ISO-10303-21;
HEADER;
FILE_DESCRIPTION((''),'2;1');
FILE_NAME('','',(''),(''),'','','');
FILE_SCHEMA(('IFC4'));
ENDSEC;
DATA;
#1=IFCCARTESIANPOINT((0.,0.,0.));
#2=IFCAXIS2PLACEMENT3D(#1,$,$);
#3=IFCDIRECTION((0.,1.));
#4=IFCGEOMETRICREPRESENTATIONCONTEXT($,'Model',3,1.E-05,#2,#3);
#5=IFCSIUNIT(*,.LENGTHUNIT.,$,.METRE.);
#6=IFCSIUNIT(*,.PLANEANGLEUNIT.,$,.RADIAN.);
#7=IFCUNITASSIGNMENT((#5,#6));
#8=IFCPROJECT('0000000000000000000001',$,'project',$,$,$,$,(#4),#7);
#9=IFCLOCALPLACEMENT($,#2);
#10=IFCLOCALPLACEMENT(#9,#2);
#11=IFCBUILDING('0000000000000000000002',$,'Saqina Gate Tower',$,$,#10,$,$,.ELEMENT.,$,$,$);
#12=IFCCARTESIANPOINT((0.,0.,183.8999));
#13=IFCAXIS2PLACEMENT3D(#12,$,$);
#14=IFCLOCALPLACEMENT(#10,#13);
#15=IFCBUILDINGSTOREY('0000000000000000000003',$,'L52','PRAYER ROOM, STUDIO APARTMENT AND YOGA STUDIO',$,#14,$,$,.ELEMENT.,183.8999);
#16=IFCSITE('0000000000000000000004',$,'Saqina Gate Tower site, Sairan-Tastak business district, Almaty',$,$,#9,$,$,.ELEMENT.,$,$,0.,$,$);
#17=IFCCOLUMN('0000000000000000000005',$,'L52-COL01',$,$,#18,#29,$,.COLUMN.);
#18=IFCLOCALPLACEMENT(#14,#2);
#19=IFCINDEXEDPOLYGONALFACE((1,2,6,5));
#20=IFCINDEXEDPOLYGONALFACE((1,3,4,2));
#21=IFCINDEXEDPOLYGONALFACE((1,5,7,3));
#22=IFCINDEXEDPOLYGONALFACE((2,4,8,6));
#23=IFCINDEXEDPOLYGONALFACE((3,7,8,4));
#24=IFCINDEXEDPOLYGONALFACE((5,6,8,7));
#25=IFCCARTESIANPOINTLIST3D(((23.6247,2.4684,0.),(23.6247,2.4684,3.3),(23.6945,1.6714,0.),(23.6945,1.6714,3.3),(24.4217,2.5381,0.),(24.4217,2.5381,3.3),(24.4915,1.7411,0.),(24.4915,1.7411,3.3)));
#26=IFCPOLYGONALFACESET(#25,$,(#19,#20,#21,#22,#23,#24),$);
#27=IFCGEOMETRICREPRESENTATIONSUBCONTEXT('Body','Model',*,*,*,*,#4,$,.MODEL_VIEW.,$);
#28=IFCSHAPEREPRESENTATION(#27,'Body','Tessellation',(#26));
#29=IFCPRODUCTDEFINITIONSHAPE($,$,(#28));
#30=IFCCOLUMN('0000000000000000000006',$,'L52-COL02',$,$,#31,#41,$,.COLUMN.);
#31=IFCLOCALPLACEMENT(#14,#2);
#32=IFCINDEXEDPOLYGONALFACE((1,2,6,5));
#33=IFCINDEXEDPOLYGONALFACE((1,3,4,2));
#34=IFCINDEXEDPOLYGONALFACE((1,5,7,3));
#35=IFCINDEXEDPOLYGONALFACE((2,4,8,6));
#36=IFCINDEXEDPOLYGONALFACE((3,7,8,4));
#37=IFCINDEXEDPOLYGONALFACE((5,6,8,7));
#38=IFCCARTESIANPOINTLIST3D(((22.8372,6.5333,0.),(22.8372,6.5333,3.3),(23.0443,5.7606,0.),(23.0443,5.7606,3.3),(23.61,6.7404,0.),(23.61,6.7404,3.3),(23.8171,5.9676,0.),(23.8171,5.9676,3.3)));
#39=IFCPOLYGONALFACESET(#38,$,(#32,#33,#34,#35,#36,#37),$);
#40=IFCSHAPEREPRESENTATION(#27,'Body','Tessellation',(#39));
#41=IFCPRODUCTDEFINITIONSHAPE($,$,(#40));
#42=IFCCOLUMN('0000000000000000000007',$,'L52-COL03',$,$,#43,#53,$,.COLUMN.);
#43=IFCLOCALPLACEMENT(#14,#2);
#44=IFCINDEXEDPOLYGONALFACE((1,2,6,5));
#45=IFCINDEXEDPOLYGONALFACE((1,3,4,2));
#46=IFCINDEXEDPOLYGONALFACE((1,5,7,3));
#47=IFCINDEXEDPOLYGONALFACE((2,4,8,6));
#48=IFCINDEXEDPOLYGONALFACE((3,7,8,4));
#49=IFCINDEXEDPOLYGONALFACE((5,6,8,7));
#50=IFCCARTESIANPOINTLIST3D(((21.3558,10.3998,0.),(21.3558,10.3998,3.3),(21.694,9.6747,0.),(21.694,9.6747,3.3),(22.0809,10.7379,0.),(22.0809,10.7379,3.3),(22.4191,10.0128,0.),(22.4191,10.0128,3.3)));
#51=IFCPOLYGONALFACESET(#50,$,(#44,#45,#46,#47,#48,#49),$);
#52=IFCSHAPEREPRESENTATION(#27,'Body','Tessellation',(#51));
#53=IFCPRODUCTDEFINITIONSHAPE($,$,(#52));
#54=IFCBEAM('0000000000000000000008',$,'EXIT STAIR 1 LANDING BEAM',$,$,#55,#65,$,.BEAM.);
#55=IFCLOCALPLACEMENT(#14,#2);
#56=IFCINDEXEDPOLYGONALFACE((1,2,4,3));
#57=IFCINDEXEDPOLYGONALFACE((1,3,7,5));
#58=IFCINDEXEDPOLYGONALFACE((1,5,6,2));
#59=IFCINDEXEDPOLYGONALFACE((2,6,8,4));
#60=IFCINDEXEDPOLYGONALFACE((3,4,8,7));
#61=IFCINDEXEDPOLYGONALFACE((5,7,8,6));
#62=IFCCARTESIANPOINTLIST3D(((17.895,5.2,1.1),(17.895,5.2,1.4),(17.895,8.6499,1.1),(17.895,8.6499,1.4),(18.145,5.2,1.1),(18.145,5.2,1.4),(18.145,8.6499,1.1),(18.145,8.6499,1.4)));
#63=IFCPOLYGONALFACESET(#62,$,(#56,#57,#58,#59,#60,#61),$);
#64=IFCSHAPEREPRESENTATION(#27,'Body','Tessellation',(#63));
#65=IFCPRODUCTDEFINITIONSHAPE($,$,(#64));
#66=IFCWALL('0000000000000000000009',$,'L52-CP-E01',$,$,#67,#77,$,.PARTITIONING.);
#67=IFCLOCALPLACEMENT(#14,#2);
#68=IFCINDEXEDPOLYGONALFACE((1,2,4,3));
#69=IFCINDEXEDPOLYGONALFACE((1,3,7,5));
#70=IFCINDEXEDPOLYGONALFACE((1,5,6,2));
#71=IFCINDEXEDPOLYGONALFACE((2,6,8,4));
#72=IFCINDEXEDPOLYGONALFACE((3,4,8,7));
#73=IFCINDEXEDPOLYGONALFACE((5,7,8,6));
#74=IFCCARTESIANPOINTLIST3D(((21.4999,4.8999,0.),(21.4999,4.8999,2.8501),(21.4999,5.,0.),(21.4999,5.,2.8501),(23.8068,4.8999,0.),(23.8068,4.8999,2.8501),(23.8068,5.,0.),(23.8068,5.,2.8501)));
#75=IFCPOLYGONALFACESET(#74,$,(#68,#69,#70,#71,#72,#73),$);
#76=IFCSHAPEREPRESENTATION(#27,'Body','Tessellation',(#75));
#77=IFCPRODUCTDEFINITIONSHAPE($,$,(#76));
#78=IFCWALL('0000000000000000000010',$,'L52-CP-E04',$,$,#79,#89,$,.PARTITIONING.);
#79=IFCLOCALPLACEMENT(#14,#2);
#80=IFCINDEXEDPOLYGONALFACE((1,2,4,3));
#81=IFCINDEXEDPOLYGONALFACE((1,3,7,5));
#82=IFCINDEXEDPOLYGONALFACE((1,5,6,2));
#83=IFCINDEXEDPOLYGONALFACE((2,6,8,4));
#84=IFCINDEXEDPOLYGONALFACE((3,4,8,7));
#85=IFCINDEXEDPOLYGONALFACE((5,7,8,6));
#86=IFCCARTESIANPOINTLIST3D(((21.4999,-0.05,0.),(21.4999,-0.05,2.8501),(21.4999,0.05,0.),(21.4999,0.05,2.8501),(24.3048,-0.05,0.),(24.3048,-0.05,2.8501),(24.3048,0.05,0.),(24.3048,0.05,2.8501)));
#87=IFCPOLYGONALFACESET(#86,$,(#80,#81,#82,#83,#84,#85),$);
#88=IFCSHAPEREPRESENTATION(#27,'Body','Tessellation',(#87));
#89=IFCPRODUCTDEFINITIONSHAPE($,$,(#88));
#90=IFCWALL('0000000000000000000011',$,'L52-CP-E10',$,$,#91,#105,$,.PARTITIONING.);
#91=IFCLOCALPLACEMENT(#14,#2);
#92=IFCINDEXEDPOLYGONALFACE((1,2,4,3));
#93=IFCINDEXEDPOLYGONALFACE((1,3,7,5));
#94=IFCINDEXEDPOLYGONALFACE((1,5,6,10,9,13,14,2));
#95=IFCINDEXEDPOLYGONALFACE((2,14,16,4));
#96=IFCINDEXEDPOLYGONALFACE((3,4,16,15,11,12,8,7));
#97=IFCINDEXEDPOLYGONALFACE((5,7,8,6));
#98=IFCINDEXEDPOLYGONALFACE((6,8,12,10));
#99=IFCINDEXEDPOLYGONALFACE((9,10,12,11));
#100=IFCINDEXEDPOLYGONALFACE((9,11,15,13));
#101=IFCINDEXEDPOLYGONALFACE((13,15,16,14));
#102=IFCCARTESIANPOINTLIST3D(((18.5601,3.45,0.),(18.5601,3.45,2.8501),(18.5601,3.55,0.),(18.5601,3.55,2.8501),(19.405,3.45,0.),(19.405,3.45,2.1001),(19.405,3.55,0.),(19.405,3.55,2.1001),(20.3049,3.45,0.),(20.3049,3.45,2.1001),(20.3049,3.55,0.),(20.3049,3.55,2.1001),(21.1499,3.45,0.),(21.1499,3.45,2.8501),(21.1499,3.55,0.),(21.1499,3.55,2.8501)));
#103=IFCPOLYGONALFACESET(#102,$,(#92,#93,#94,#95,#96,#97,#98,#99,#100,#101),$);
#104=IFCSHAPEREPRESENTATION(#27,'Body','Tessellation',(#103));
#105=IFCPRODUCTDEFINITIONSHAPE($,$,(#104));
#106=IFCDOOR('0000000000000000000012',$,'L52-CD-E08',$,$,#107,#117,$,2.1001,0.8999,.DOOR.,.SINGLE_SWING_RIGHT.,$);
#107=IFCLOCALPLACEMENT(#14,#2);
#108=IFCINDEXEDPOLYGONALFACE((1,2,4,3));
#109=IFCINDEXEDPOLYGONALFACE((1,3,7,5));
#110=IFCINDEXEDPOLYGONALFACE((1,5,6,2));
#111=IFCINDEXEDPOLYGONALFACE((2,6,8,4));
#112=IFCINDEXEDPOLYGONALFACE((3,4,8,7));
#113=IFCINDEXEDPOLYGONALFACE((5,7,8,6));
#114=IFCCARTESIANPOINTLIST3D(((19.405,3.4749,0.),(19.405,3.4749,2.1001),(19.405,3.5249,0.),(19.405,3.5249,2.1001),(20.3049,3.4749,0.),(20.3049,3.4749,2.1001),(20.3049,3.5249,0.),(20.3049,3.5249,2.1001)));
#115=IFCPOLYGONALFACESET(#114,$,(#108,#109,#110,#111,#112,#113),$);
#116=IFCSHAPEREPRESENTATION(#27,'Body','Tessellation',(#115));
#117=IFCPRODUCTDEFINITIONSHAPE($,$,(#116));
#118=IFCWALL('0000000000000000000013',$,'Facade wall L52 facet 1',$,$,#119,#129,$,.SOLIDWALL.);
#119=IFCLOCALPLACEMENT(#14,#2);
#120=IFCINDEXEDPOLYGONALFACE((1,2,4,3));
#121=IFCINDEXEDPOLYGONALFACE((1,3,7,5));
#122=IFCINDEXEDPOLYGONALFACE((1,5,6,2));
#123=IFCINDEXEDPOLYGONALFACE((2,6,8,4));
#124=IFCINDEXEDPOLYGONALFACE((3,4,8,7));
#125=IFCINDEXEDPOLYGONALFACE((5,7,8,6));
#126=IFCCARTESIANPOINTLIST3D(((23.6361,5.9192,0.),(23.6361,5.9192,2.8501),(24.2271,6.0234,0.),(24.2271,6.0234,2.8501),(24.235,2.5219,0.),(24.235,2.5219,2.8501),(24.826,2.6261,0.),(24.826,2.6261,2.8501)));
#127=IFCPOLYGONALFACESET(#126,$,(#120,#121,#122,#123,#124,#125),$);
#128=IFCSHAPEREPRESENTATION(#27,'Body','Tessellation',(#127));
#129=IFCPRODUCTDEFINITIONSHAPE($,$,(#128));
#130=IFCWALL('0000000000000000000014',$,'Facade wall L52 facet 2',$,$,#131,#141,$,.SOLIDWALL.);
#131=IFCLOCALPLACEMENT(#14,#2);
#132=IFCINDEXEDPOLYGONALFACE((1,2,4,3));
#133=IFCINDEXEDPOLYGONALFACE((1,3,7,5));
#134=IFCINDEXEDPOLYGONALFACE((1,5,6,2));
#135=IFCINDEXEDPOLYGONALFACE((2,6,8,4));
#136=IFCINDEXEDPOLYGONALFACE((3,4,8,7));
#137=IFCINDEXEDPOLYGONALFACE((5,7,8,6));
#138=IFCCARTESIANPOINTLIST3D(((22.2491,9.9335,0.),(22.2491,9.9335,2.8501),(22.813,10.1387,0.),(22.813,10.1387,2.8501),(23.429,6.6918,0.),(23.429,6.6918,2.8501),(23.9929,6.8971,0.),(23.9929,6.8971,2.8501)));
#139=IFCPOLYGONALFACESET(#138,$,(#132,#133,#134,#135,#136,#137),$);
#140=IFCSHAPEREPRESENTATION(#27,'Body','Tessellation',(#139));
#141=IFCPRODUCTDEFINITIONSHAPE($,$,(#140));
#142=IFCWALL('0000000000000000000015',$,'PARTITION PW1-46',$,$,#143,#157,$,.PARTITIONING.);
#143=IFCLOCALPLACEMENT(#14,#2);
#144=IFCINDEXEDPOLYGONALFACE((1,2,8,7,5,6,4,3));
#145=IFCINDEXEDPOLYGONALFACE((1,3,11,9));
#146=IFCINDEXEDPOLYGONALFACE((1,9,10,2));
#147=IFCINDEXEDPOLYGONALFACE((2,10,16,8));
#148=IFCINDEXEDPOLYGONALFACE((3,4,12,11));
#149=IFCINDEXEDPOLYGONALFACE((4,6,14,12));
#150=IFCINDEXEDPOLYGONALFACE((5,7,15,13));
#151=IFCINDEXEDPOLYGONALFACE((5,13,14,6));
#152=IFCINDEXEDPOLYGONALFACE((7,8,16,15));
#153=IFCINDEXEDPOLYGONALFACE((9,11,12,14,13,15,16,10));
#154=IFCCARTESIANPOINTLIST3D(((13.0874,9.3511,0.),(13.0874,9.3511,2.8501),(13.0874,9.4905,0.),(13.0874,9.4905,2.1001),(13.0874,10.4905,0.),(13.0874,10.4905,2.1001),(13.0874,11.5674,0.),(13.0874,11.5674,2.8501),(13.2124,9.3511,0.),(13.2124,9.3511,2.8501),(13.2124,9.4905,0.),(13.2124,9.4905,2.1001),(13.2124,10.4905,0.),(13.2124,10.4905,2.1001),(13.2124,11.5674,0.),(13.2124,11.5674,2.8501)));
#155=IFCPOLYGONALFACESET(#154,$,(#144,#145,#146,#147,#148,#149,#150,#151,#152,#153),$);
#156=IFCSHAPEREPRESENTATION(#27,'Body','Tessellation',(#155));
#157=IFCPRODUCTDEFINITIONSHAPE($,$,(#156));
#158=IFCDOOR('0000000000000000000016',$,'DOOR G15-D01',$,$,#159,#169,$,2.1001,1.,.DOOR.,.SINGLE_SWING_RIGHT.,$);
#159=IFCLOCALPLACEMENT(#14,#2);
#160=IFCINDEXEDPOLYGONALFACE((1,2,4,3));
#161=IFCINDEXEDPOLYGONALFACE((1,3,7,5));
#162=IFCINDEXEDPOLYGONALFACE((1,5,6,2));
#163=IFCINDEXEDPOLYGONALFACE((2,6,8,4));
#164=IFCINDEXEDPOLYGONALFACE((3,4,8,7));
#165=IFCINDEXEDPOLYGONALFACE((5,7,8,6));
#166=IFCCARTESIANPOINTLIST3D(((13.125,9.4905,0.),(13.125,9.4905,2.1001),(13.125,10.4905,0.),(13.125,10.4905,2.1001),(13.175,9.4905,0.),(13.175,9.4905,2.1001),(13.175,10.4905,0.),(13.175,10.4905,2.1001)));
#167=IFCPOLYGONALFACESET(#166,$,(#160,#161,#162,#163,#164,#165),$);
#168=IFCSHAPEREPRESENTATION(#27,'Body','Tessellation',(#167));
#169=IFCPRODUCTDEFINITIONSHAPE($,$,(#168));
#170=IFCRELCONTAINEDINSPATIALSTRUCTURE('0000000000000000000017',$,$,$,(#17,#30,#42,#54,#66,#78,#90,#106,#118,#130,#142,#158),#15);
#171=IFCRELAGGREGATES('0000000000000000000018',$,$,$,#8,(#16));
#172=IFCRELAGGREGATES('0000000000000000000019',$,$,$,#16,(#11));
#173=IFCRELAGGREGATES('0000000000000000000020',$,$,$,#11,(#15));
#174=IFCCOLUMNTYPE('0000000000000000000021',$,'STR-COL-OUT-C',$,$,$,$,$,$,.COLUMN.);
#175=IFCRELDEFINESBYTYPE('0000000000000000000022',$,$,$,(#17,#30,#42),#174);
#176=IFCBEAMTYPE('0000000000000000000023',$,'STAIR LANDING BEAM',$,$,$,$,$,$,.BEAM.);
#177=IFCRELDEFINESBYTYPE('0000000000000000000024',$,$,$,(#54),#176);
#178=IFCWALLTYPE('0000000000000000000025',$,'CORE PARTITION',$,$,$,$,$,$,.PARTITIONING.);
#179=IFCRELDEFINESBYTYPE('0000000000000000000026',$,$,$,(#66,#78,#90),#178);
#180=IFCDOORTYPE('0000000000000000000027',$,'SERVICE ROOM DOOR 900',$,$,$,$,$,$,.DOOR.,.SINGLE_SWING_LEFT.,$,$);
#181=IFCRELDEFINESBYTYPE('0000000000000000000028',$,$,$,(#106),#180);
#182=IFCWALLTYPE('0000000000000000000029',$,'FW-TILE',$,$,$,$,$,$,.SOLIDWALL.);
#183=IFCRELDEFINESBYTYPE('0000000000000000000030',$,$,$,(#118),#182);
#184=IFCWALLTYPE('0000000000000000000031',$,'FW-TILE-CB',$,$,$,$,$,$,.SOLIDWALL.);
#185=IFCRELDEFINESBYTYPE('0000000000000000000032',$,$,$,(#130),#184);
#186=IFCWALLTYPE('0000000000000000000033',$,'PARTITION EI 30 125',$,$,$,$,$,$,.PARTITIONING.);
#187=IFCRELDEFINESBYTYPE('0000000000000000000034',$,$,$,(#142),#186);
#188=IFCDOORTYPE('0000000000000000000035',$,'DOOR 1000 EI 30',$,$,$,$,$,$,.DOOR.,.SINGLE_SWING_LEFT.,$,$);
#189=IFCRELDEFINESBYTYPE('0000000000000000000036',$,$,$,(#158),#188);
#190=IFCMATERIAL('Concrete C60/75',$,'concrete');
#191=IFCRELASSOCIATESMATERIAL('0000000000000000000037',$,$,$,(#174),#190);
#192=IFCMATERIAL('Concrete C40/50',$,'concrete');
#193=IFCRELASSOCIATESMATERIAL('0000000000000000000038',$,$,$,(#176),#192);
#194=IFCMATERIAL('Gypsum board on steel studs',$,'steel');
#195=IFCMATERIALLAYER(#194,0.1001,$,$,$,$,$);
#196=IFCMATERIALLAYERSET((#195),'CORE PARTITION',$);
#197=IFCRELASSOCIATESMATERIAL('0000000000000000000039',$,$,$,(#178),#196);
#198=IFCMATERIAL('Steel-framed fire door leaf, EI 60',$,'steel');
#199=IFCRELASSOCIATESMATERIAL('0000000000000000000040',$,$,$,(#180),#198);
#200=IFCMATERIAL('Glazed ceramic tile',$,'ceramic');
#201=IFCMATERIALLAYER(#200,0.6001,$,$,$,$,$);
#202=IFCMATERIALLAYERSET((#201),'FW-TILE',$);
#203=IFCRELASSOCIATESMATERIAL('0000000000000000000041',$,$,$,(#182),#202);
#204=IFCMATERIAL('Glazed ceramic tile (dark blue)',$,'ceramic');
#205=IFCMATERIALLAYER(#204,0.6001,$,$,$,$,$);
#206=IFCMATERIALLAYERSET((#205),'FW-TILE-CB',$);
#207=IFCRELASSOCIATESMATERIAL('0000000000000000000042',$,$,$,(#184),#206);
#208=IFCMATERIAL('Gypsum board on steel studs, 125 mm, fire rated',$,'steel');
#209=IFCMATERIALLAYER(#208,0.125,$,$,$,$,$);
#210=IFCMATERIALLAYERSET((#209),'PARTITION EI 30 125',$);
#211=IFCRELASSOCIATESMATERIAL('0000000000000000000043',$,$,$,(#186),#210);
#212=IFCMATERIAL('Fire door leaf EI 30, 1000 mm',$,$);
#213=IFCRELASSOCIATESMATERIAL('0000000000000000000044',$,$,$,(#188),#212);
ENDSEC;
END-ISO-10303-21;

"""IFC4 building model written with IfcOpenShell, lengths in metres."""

from ifc_helpers import new_model, si_unit, direction, frame, frame_2d, origin, origin_2d, place, context, subcontext, project, spatial, rectangle, extrude, material, layer, layer_set, material_profile, profile_set, type_object, element, fill, save


model = new_model("IFC4")

# Units and contexts
model_context = context("Model", 3, precision=1e-05, world=origin(), true_north=direction((0.0, 1.0)))
body_context = subcontext(model_context, "Body", "Model", "MODEL_VIEW")
ifc_project = project(units=[si_unit("LENGTHUNIT", "METRE"), si_unit("PLANEANGLEUNIT", "RADIAN")], contexts=[model_context])

# Site, building, storey
site_placement = place(None, origin())
site = spatial("IfcSite", under=ifc_project, at=site_placement, Name="Saqina Gate Tower site, Sairan-Tastak business district, Almaty", CompositionType="ELEMENT", RefElevation=0.0)
building_placement = place(site_placement, origin())
building = spatial("IfcBuilding", under=site, at=building_placement, Name="Saqina Gate Tower", CompositionType="ELEMENT")
storey_placement = place(building_placement, frame((0.0, 0.0, 183.8999)))
storey = spatial("IfcBuildingStorey", under=building, at=storey_placement, Name="L52", Description="PRAYER ROOM, STUDIO APARTMENT AND YOGA STUDIO", CompositionType="ELEMENT", Elevation=183.8999)

# Columns
ifc_material_1 = material(Name="Concrete C60/75", Category="concrete")
ifc_material_profile_1 = material_profile(ifc_material_1, rectangle(XDim=0.8, YDim=0.8, at=origin_2d()), Name="RC 800x800")
ifc_profile_set_1 = profile_set([ifc_material_profile_1], Name="Concrete C60/75")
column_type = type_object("IfcColumnType", Name="STR-COL-OUT-C", PredefinedType="COLUMN", material=ifc_profile_set_1)
for number, where, z_axis, x_axis, name in (
    (1, (24.0581, 2.1047, 0.0), (0.0, 0.0, 1.0), (0.996195, 0.087156, 0.0), "L52-COL01"),
    (2, (23.3271, 6.2505, 0.0), (0.0, 0.0, 1.0), (0.965926, 0.258819, 0.0), "L52-COL02"),
    (3, (21.8875, 10.2063, 0.0), (0.0, 0.0, 1.0), (0.906308, 0.422618, 0.0), "L52-COL03"),
):
    element("IfcColumn", number, at=place(storey_placement, frame(where, z_axis=z_axis, x_axis=x_axis)), inside=storey, type_object=column_type, Name=name, PredefinedType="COLUMN", context=body_context, shape_type="SweptSolid", body=[
        extrude(rectangle(XDim=0.8, YDim=0.8, at=origin_2d()), origin(), (0.0, 0.0, 1.0), 3.3),
    ])

# Beam
ifc_material_2 = material(Name="Concrete C40/50", Category="concrete")
ifc_material_profile_2 = material_profile(ifc_material_2, rectangle(XDim=0.25, YDim=0.3, at=origin_2d()), Name="STAIR LANDING BEAM")
ifc_profile_set_2 = profile_set([ifc_material_profile_2], Name="Concrete C40/50")
beam_type = type_object("IfcBeamType", Name="STAIR LANDING BEAM", PredefinedType="BEAM", material=ifc_profile_set_2)
beam_placement = place(storey_placement, frame((18.02, 5.2, 1.25), z_axis=(0.0, 1.0, 0.0), x_axis=(-1.0, 0.0, 0.0)))
element("IfcBeam", 4, at=beam_placement, inside=storey, type_object=beam_type, Name="EXIT STAIR 1 LANDING BEAM", PredefinedType="BEAM", context=body_context, shape_type="SweptSolid", body=[
    extrude(rectangle(XDim=0.25, YDim=0.3, at=origin_2d()), origin(), (0.0, 0.0, 1.0), 3.45),
])

# Walls
ifc_material_3 = material(Name="Gypsum board on steel studs", Category="steel")
ifc_layer_1 = layer(ifc_material_3, 0.1001)
ifc_layer_set_1 = layer_set([ifc_layer_1], Name="CORE PARTITION")
wall_type_1 = type_object("IfcWallType", Name="CORE PARTITION", PredefinedType="PARTITIONING", material=ifc_layer_set_1)
wall_1_placement = place(storey_placement, frame((21.5, 4.95, 0.0), z_axis=(0.0, 0.0, 1.0), x_axis=(1.0, 0.0, 0.0)))
element("IfcWall", 5, at=wall_1_placement, inside=storey, type_object=wall_type_1, Name="L52-CP-E01", PredefinedType="PARTITIONING", context=body_context, shape_type="SweptSolid", body=[
    extrude(rectangle(XDim=2.3069, YDim=0.1001, at=frame_2d((1.1533, 0.0))), origin(), (0.0, 0.0, 1.0), 2.8501),
])
wall_2_placement = place(storey_placement, frame((21.5, 0.0, 0.0), z_axis=(0.0, 0.0, 1.0), x_axis=(1.0, 0.0, 0.0)))
element("IfcWall", 6, at=wall_2_placement, inside=storey, type_object=wall_type_1, Name="L52-CP-E04", PredefinedType="PARTITIONING", context=body_context, shape_type="SweptSolid", body=[
    extrude(rectangle(XDim=2.8049, YDim=0.1001, at=frame_2d((1.4023, 0.0))), origin(), (0.0, 0.0, 1.0), 2.8501),
])

# Wall, opening, door
wall_3_placement = place(storey_placement, frame((18.5601, 3.5, 0.0), z_axis=(0.0, 0.0, 1.0), x_axis=(1.0, 0.0, 0.0)))
wall_3 = element("IfcWall", 7, at=wall_3_placement, inside=storey, type_object=wall_type_1, Name="L52-CP-E10", PredefinedType="PARTITIONING", context=body_context, shape_type="SweptSolid", body=[
    extrude(rectangle(XDim=2.5898, YDim=0.1001, at=frame_2d((1.2949, 0.0))), origin(), (0.0, 0.0, 1.0), 2.8501),
])
opening_1_placement = place(wall_3_placement, frame((0.845, 0.0, 0.0)))
opening_1 = element("IfcOpeningElement", 8, at=opening_1_placement, cuts=wall_3, PredefinedType="OPENING", context=body_context, shape_type="SweptSolid", body=[
    extrude(rectangle(XDim=0.8999, YDim=2.1001, at=frame_2d((0.45, 1.05))), frame((0.0, 0.062, 0.0), z_axis=(0.0, -1.0, 0.0), x_axis=(1.0, 0.0, 0.0)), (0.0, 0.0, 1.0), 0.124),
])
ifc_material_4 = material(Name="Steel-framed fire door leaf, EI 60", Category="steel")
door_type_1 = type_object("IfcDoorType", Name="SERVICE ROOM DOOR 900", OperationType="SINGLE_SWING_LEFT", PredefinedType="DOOR", material=ifc_material_4)
door_1_placement = place(opening_1_placement, origin())
door_1 = element("IfcDoor", 9, at=door_1_placement, inside=storey, type_object=door_type_1, Name="L52-CD-E08", OperationType="SINGLE_SWING_RIGHT", OverallHeight=2.1001, OverallWidth=0.8999, PredefinedType="DOOR", context=body_context, shape_type="SweptSolid", body=[
    extrude(rectangle(XDim=0.8999, YDim=2.1001, at=frame_2d((0.45, 1.05))), frame((0.0, 0.0249, 0.0), z_axis=(0.0, -1.0, 0.0), x_axis=(1.0, 0.0, 0.0)), (0.0, 0.0, 1.0), 0.05),
])
fill(opening_1, door_1)

# Walls
ifc_material_5 = material(Name="Glazed ceramic tile", Category="ceramic")
ifc_layer_2 = layer(ifc_material_5, 0.6001)
ifc_layer_set_2 = layer_set([ifc_layer_2], Name="FW-TILE")
wall_type_2 = type_object("IfcWallType", Name="FW-TILE", PredefinedType="SOLIDWALL", material=ifc_layer_set_2)
wall_4_placement = place(storey_placement, frame((24.5305, 2.574, 0.0), z_axis=(0.0, 0.0, 1.0), x_axis=(-0.173608, 0.984815, 0.0)))
element("IfcWall", 10, at=wall_4_placement, inside=storey, type_object=wall_type_2, Name="Facade wall L52 facet 1", PredefinedType="SOLIDWALL", context=body_context, shape_type="SweptSolid", body=[
    extrude(rectangle(XDim=3.4497, YDim=0.6001, at=frame_2d((1.7249, 0.0))), origin(), (0.0, 0.0, 1.0), 2.8501),
])
ifc_material_6 = material(Name="Glazed ceramic tile (dark blue)", Category="ceramic")
ifc_layer_3 = layer(ifc_material_6, 0.6001)
ifc_layer_set_3 = layer_set([ifc_layer_3], Name="FW-TILE-CB")
wall_type_3 = type_object("IfcWallType", Name="FW-TILE-CB", PredefinedType="SOLIDWALL", material=ifc_layer_set_3)
wall_5_placement = place(storey_placement, frame((23.7109, 6.7944, 0.0), z_axis=(0.0, 0.0, 1.0), x_axis=(-0.342033, 0.939688, 0.0)))
element("IfcWall", 11, at=wall_5_placement, inside=storey, type_object=wall_type_3, Name="Facade wall L52 facet 2", PredefinedType="SOLIDWALL", context=body_context, shape_type="SweptSolid", body=[
    extrude(rectangle(XDim=3.4497, YDim=0.6001, at=frame_2d((1.7249, 0.0))), origin(), (0.0, 0.0, 1.0), 2.8501),
])

# Wall, opening, door
ifc_material_7 = material(Name="Gypsum board on steel studs, 125 mm, fire rated", Category="steel")
ifc_layer_4 = layer(ifc_material_7, 0.125)
ifc_layer_set_4 = layer_set([ifc_layer_4], Name="PARTITION EI 30 125")
wall_type_4 = type_object("IfcWallType", Name="PARTITION EI 30 125", PredefinedType="PARTITIONING", material=ifc_layer_set_4)
wall_6_placement = place(storey_placement, frame((13.1499, 9.3511, 0.0), z_axis=(0.0, 0.0, 1.0), x_axis=(0.0, 1.0, 0.0)))
wall_6 = element("IfcWall", 12, at=wall_6_placement, inside=storey, type_object=wall_type_4, Name="PARTITION PW1-46", PredefinedType="PARTITIONING", context=body_context, shape_type="SweptSolid", body=[
    extrude(rectangle(XDim=2.2163, YDim=0.125, at=frame_2d((1.1082, 0.0))), origin(), (0.0, 0.0, 1.0), 2.8501),
])
opening_2_placement = place(wall_6_placement, frame((0.1394, 0.0, 0.0)))
opening_2 = element("IfcOpeningElement", 13, at=opening_2_placement, cuts=wall_6, PredefinedType="OPENING", context=body_context, shape_type="SweptSolid", body=[
    extrude(rectangle(XDim=1.0, YDim=2.1001, at=frame_2d((0.5, 1.05))), frame((0.0, 0.0745, 0.0), z_axis=(0.0, -1.0, 0.0), x_axis=(1.0, 0.0, 0.0)), (0.0, 0.0, 1.0), 0.1489),
])
ifc_material_8 = material(Name="Fire door leaf EI 30, 1000 mm")
door_type_2 = type_object("IfcDoorType", Name="DOOR 1000 EI 30", OperationType="SINGLE_SWING_LEFT", PredefinedType="DOOR", material=ifc_material_8)
door_2_placement = place(opening_2_placement, origin())
door_2 = element("IfcDoor", 14, at=door_2_placement, inside=storey, type_object=door_type_2, Name="DOOR G15-D01", OperationType="SINGLE_SWING_RIGHT", OverallHeight=2.1001, OverallWidth=1.0, PredefinedType="DOOR", context=body_context, shape_type="SweptSolid", body=[
    extrude(rectangle(XDim=1.0, YDim=2.1001, at=frame_2d((0.5, 1.05))), frame((0.0, 0.0249, 0.0), z_axis=(0.0, -1.0, 0.0), x_axis=(1.0, 0.0, 0.0)), (0.0, 0.0, 1.0), 0.05),
])
fill(opening_2, door_2)

save(model, "model.ifc")
